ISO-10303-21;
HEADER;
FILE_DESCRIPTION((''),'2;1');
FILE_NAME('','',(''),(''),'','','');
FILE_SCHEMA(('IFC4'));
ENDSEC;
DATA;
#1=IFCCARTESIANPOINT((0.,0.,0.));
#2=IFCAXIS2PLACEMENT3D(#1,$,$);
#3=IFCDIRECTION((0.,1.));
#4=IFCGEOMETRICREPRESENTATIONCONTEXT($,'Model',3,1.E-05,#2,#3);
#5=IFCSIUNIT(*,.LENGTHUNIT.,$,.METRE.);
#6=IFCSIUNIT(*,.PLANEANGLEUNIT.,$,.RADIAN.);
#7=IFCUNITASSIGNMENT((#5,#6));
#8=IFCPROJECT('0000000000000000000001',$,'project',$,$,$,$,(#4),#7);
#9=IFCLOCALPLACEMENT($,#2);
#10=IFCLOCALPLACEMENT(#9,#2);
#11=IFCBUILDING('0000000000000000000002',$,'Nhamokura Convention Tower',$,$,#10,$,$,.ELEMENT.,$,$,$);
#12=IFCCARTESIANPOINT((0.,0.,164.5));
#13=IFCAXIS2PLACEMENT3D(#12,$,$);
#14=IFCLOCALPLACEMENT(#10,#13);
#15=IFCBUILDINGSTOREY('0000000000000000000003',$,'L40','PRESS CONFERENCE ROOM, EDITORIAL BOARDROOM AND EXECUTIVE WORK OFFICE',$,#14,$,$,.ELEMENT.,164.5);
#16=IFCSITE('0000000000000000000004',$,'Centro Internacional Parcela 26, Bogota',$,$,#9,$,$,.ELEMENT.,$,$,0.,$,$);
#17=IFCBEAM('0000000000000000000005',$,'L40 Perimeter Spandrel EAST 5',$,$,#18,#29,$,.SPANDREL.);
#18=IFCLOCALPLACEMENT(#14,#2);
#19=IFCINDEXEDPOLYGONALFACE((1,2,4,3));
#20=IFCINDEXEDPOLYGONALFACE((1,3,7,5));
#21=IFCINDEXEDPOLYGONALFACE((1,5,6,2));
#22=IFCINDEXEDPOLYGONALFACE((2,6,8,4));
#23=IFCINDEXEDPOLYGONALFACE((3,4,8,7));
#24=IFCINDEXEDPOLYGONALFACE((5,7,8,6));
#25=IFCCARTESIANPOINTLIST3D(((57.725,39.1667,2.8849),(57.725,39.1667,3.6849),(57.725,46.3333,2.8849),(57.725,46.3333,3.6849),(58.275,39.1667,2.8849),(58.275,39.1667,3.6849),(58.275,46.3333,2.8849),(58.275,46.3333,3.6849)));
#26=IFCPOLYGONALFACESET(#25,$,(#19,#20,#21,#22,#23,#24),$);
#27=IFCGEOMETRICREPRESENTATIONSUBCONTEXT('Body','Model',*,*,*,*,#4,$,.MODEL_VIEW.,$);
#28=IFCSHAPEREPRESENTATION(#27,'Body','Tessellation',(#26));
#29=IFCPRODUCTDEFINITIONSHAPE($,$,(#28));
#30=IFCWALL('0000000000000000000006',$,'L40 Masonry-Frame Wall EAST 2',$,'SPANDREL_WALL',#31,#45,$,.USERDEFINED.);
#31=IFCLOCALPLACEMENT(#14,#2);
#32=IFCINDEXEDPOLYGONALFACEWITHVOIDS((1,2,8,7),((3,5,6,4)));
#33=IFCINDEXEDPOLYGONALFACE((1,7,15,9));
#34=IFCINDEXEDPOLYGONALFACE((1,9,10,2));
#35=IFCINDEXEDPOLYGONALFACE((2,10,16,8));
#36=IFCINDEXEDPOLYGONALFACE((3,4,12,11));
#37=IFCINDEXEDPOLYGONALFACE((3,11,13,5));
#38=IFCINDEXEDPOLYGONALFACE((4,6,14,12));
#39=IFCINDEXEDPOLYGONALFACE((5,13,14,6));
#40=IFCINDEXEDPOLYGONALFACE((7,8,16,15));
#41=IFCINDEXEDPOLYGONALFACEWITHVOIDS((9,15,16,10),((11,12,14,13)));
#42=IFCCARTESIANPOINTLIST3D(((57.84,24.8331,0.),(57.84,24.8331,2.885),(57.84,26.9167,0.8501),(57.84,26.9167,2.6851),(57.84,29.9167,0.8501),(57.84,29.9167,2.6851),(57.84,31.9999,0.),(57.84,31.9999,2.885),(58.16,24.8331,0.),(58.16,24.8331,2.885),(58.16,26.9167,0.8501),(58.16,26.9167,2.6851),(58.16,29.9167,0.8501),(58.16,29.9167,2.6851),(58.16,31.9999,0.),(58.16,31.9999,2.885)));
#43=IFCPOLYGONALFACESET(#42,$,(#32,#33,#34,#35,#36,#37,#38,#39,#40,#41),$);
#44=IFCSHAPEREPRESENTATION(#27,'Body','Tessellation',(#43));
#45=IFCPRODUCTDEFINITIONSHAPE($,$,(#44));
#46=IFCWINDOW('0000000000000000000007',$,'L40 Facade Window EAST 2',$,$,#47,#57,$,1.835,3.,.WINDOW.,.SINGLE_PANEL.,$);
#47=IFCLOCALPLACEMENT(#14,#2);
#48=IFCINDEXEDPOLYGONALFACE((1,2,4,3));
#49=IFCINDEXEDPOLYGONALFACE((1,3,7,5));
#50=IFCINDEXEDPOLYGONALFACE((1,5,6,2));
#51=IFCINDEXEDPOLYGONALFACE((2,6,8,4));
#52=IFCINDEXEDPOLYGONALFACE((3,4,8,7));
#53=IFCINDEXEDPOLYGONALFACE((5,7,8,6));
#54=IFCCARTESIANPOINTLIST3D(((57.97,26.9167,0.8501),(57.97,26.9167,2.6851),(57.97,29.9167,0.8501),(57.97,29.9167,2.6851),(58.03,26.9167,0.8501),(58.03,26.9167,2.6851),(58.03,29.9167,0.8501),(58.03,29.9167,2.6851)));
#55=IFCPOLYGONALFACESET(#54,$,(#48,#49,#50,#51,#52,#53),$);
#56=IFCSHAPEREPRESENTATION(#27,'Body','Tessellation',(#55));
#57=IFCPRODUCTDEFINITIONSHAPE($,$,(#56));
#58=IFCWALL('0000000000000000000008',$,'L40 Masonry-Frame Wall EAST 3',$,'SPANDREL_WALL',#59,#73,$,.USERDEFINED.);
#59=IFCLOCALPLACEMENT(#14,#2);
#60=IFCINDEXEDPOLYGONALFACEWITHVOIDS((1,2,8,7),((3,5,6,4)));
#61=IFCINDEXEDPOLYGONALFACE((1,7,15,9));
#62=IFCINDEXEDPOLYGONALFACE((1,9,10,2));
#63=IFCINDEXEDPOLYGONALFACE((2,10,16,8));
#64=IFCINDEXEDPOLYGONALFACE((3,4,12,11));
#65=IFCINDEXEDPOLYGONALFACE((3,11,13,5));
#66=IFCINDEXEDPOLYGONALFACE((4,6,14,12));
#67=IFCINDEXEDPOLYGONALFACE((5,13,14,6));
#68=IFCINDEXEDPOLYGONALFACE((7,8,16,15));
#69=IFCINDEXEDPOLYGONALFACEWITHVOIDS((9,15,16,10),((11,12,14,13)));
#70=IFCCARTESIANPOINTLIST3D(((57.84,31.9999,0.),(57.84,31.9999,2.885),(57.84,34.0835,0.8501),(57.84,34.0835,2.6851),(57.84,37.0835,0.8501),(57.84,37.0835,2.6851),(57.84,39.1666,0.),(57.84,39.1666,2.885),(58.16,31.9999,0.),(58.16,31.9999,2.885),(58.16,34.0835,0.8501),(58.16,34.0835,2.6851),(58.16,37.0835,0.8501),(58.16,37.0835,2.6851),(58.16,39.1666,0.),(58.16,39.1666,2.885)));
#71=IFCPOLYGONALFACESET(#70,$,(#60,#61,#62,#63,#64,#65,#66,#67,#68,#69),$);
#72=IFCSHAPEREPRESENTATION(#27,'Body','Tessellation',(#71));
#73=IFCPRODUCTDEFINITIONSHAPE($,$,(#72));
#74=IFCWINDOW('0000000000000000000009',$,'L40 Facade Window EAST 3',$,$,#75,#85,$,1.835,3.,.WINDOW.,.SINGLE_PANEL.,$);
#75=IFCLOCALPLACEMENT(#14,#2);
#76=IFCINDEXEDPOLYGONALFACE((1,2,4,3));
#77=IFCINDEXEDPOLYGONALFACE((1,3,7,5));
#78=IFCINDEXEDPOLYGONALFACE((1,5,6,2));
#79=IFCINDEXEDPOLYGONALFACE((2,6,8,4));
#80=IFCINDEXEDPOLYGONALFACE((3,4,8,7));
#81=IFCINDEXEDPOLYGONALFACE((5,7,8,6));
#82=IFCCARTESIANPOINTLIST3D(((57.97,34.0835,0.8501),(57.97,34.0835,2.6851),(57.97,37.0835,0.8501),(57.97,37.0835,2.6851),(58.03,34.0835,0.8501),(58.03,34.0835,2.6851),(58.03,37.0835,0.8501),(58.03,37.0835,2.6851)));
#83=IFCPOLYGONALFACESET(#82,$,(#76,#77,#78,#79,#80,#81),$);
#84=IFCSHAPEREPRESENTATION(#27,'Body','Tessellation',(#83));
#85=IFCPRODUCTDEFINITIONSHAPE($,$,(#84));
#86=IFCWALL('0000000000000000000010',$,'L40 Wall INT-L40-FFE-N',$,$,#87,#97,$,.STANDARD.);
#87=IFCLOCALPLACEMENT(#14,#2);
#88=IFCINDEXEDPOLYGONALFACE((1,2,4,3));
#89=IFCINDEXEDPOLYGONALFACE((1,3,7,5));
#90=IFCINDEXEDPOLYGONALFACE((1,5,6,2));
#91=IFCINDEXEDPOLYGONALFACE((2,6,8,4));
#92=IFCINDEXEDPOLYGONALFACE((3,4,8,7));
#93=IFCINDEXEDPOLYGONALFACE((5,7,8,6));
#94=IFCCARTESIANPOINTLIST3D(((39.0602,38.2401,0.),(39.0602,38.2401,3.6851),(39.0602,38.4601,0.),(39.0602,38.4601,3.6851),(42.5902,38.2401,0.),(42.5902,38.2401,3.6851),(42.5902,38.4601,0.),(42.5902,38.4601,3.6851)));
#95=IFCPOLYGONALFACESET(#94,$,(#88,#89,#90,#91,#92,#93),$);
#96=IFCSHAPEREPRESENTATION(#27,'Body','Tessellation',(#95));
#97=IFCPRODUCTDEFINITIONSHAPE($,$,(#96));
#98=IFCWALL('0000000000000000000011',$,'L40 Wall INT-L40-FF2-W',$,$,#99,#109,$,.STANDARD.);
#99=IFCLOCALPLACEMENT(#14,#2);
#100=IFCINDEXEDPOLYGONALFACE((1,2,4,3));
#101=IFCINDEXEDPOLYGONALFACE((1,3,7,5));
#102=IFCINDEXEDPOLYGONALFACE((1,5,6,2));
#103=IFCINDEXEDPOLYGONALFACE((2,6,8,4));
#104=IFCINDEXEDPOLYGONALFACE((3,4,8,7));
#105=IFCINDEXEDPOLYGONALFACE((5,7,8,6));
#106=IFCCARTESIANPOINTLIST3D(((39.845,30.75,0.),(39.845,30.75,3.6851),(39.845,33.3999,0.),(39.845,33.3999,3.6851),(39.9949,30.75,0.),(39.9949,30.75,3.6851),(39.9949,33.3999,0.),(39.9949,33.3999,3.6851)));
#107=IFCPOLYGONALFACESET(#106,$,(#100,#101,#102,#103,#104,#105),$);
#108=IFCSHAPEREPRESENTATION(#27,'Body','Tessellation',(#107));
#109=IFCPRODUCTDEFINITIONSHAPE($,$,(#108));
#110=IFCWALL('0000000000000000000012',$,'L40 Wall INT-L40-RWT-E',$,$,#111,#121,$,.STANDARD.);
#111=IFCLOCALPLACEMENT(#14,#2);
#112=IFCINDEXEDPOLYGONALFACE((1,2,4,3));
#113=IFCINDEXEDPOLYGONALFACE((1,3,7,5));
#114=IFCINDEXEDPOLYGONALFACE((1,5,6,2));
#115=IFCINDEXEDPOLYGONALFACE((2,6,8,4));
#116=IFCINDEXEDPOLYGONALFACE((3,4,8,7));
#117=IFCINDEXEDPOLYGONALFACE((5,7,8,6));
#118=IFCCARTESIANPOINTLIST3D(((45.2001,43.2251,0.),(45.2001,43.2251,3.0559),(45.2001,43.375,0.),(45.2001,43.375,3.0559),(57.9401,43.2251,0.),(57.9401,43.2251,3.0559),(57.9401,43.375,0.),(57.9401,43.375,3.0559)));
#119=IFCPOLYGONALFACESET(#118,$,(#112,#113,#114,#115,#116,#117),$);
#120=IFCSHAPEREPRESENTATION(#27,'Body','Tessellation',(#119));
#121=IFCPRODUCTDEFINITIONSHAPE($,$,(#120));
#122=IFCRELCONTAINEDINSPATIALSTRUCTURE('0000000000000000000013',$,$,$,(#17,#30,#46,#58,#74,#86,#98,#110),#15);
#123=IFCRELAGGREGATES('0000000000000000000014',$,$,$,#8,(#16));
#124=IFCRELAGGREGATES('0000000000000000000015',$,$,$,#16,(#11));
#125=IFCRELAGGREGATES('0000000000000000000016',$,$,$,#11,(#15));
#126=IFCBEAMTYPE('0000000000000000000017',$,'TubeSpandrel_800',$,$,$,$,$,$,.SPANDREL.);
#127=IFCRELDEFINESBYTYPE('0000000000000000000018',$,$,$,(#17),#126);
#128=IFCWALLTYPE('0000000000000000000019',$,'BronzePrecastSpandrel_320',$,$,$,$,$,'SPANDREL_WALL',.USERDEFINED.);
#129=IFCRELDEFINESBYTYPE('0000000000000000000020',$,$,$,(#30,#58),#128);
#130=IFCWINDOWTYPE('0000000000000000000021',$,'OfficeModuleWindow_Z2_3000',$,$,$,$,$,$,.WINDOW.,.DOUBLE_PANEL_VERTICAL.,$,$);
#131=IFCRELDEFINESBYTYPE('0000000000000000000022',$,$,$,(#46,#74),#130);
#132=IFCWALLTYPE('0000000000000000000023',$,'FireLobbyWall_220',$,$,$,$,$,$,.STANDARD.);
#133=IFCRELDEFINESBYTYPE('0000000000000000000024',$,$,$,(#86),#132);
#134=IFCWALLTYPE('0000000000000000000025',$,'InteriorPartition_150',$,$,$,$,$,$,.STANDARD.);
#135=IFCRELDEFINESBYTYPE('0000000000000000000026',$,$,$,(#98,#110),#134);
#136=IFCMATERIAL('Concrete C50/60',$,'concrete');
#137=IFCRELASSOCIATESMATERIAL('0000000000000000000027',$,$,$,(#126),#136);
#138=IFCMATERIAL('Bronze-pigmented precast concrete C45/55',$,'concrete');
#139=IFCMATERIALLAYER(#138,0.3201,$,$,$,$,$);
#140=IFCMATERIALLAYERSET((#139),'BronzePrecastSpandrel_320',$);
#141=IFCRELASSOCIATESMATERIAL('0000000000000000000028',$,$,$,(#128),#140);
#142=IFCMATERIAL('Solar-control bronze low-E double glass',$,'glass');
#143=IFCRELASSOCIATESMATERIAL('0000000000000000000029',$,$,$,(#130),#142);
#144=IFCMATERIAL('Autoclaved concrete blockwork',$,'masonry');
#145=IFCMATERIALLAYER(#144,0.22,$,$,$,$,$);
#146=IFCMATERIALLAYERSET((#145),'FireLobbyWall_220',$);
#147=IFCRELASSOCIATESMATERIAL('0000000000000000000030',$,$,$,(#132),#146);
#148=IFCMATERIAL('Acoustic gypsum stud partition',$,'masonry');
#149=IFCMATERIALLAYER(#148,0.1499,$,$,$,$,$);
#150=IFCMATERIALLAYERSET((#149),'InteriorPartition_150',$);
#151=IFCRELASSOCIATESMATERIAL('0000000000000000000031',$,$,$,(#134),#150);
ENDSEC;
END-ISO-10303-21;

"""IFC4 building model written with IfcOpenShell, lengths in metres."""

from ifc_helpers import new_model, si_unit, direction, frame, frame_2d, origin, origin_2d, place, context, subcontext, project, spatial, rectangle, extrude, material, layer, layer_set, material_profile, profile_set, type_object, element, fill, save


model = new_model("IFC4")

# Units and contexts
model_context = context("Model", 3, precision=1e-05, world=origin(), true_north=direction((0.0, 1.0)))
body_context = subcontext(model_context, "Body", "Model", "MODEL_VIEW")
ifc_project = project(units=[si_unit("LENGTHUNIT", "METRE"), si_unit("PLANEANGLEUNIT", "RADIAN")], contexts=[model_context])

# Site, building, storey
site_placement = place(None, origin())
site = spatial("IfcSite", under=ifc_project, at=site_placement, Name="Centro Internacional Parcela 26, Bogota", CompositionType="ELEMENT", RefElevation=0.0)
building_placement = place(site_placement, origin())
building = spatial("IfcBuilding", under=site, at=building_placement, Name="Nhamokura Convention Tower", CompositionType="ELEMENT")
storey_placement = place(building_placement, frame((0.0, 0.0, 164.5)))
storey = spatial("IfcBuildingStorey", under=building, at=storey_placement, Name="L40", Description="PRESS CONFERENCE ROOM, EDITORIAL BOARDROOM AND EXECUTIVE WORK OFFICE", CompositionType="ELEMENT", Elevation=164.5)

# Beam
ifc_material_1 = material(Name="Concrete C50/60", Category="concrete")
ifc_material_profile_1 = material_profile(ifc_material_1, rectangle(XDim=0.55, YDim=0.8, at=origin_2d()))
ifc_profile_set_1 = profile_set([ifc_material_profile_1], Name="Concrete C50/60")
beam_type_1 = type_object("IfcBeamType", Name="TubeSpandrel_800", PredefinedType="SPANDREL", material=ifc_profile_set_1)
beam_1_placement = place(storey_placement, frame((58.0, 39.1667, 3.2849), z_axis=(0.0, 1.0, 0.0), x_axis=(-1.0, 0.0, 0.0)))
element("IfcBeam", 1, at=beam_1_placement, inside=storey, type_object=beam_type_1, Name="L40 Perimeter Spandrel EAST 5", PredefinedType="SPANDREL", context=body_context, shape_type="SweptSolid", body=[
    extrude(rectangle(XDim=0.55, YDim=0.8, at=origin_2d()), origin(), (0.0, 0.0, 1.0), 7.1665),
])

# Walls, openings, windows
ifc_material_2 = material(Name="Bronze-pigmented precast concrete C45/55", Category="concrete")
ifc_layer_1 = layer(ifc_material_2, 0.3201)
ifc_layer_set_1 = layer_set([ifc_layer_1], Name="BronzePrecastSpandrel_320")
wall_type_1 = type_object("IfcWallType", Name="BronzePrecastSpandrel_320", ElementType="SPANDREL_WALL", PredefinedType="USERDEFINED", material=ifc_layer_set_1)
wall_1_placement = place(storey_placement, frame((58.0, 32.0, 0.0), z_axis=(0.0, 0.0, 1.0), x_axis=(0.0, -1.0, 0.0)))
wall_1 = element("IfcWall", 2, at=wall_1_placement, inside=storey, type_object=wall_type_1, Name="L40 Masonry-Frame Wall EAST 2", ObjectType="SPANDREL_WALL", PredefinedType="USERDEFINED", context=body_context, shape_type="SweptSolid", body=[
    extrude(rectangle(XDim=7.1667, YDim=0.3201, at=frame_2d((3.5835, 0.0))), origin(), (0.0, 0.0, 1.0), 2.885),
])
opening_1_placement = place(wall_1_placement, frame((2.0833, 0.0, 0.8501)))
opening_1 = element("IfcOpeningElement", 3, at=opening_1_placement, cuts=wall_1, PredefinedType="OPENING", context=body_context, shape_type="SweptSolid", body=[
    extrude(rectangle(XDim=3.0, YDim=1.835, at=frame_2d((1.5, 0.9175))), frame((0.0, 0.1699, 0.0), z_axis=(0.0, -1.0, 0.0), x_axis=(1.0, 0.0, 0.0)), (0.0, 0.0, 1.0), 0.3401),
])
ifc_material_3 = material(Name="Solar-control bronze low-E double glass", Category="glass")
window_type = type_object("IfcWindowType", Name="OfficeModuleWindow_Z2_3000", PartitioningType="DOUBLE_PANEL_VERTICAL", PredefinedType="WINDOW", material=ifc_material_3)
window_1_placement = place(opening_1_placement, origin())
window_1 = element("IfcWindow", 4, at=window_1_placement, inside=storey, type_object=window_type, Name="L40 Facade Window EAST 2", OverallHeight=1.835, OverallWidth=3.0, PartitioningType="SINGLE_PANEL", PredefinedType="WINDOW", context=body_context, shape_type="SweptSolid", body=[
    extrude(rectangle(XDim=3.0, YDim=1.835, at=frame_2d((1.5, 0.9175))), frame((0.0, 0.03, 0.0), z_axis=(0.0, -1.0, 0.0), x_axis=(1.0, 0.0, 0.0)), (0.0, 0.0, 1.0), 0.0601),
])
fill(opening_1, window_1)
wall_2_placement = place(storey_placement, frame((58.0, 39.1667, 0.0), z_axis=(0.0, 0.0, 1.0), x_axis=(0.0, -1.0, 0.0)))
wall_2 = element("IfcWall", 5, at=wall_2_placement, inside=storey, type_object=wall_type_1, Name="L40 Masonry-Frame Wall EAST 3", ObjectType="SPANDREL_WALL", PredefinedType="USERDEFINED", context=body_context, shape_type="SweptSolid", body=[
    extrude(rectangle(XDim=7.1667, YDim=0.3201, at=frame_2d((3.5835, 0.0))), origin(), (0.0, 0.0, 1.0), 2.885),
])
opening_2_placement = place(wall_2_placement, frame((2.0833, 0.0, 0.8501)))
opening_2 = element("IfcOpeningElement", 6, at=opening_2_placement, cuts=wall_2, PredefinedType="OPENING", context=body_context, shape_type="SweptSolid", body=[
    extrude(rectangle(XDim=3.0, YDim=1.835, at=frame_2d((1.5, 0.9175))), frame((0.0, 0.1699, 0.0), z_axis=(0.0, -1.0, 0.0), x_axis=(1.0, 0.0, 0.0)), (0.0, 0.0, 1.0), 0.3401),
])
window_2_placement = place(opening_2_placement, origin())
window_2 = element("IfcWindow", 7, at=window_2_placement, inside=storey, type_object=window_type, Name="L40 Facade Window EAST 3", OverallHeight=1.835, OverallWidth=3.0, PartitioningType="SINGLE_PANEL", PredefinedType="WINDOW", context=body_context, shape_type="SweptSolid", body=[
    extrude(rectangle(XDim=3.0, YDim=1.835, at=frame_2d((1.5, 0.9175))), frame((0.0, 0.03, 0.0), z_axis=(0.0, -1.0, 0.0), x_axis=(1.0, 0.0, 0.0)), (0.0, 0.0, 1.0), 0.0601),
])
fill(opening_2, window_2)

# Walls
ifc_material_4 = material(Name="Autoclaved concrete blockwork", Category="masonry")
ifc_layer_2 = layer(ifc_material_4, 0.22)
ifc_layer_set_2 = layer_set([ifc_layer_2], Name="FireLobbyWall_220")
wall_type_2 = type_object("IfcWallType", Name="FireLobbyWall_220", PredefinedType="STANDARD", material=ifc_layer_set_2)
wall_3_placement = place(storey_placement, frame((39.0601, 38.3501, 0.0), z_axis=(0.0, 0.0, 1.0), x_axis=(1.0, 0.0, 0.0)))
element("IfcWall", 8, at=wall_3_placement, inside=storey, type_object=wall_type_2, Name="L40 Wall INT-L40-FFE-N", PredefinedType="STANDARD", context=body_context, shape_type="SweptSolid", body=[
    extrude(rectangle(XDim=3.53, YDim=0.22, at=frame_2d((1.7651, 0.0))), origin(), (0.0, 0.0, 1.0), 3.6851),
])
ifc_material_5 = material(Name="Acoustic gypsum stud partition", Category="masonry")
ifc_layer_3 = layer(ifc_material_5, 0.1499)
ifc_layer_set_3 = layer_set([ifc_layer_3], Name="InteriorPartition_150")
wall_type_3 = type_object("IfcWallType", Name="InteriorPartition_150", PredefinedType="STANDARD", material=ifc_layer_set_3)
wall_4_placement = place(storey_placement, frame((39.9199, 30.75, 0.0), z_axis=(0.0, 0.0, 1.0), x_axis=(0.0, 1.0, 0.0)))
element("IfcWall", 9, at=wall_4_placement, inside=storey, type_object=wall_type_3, Name="L40 Wall INT-L40-FF2-W", PredefinedType="STANDARD", context=body_context, shape_type="SweptSolid", body=[
    extrude(rectangle(XDim=2.6499, YDim=0.1499, at=frame_2d((1.325, 0.0))), origin(), (0.0, 0.0, 1.0), 3.6851),
])
wall_5_placement = place(storey_placement, frame((45.2, 43.3, 0.0), z_axis=(0.0, 0.0, 1.0), x_axis=(1.0, 0.0, 0.0)))
element("IfcWall", 10, at=wall_5_placement, inside=storey, type_object=wall_type_3, Name="L40 Wall INT-L40-RWT-E", PredefinedType="STANDARD", context=body_context, shape_type="SweptSolid", body=[
    extrude(rectangle(XDim=12.74, YDim=0.1499, at=frame_2d((6.3701, 0.0))), origin(), (0.0, 0.0, 1.0), 3.0559),
])

save(model, "model.ifc")
